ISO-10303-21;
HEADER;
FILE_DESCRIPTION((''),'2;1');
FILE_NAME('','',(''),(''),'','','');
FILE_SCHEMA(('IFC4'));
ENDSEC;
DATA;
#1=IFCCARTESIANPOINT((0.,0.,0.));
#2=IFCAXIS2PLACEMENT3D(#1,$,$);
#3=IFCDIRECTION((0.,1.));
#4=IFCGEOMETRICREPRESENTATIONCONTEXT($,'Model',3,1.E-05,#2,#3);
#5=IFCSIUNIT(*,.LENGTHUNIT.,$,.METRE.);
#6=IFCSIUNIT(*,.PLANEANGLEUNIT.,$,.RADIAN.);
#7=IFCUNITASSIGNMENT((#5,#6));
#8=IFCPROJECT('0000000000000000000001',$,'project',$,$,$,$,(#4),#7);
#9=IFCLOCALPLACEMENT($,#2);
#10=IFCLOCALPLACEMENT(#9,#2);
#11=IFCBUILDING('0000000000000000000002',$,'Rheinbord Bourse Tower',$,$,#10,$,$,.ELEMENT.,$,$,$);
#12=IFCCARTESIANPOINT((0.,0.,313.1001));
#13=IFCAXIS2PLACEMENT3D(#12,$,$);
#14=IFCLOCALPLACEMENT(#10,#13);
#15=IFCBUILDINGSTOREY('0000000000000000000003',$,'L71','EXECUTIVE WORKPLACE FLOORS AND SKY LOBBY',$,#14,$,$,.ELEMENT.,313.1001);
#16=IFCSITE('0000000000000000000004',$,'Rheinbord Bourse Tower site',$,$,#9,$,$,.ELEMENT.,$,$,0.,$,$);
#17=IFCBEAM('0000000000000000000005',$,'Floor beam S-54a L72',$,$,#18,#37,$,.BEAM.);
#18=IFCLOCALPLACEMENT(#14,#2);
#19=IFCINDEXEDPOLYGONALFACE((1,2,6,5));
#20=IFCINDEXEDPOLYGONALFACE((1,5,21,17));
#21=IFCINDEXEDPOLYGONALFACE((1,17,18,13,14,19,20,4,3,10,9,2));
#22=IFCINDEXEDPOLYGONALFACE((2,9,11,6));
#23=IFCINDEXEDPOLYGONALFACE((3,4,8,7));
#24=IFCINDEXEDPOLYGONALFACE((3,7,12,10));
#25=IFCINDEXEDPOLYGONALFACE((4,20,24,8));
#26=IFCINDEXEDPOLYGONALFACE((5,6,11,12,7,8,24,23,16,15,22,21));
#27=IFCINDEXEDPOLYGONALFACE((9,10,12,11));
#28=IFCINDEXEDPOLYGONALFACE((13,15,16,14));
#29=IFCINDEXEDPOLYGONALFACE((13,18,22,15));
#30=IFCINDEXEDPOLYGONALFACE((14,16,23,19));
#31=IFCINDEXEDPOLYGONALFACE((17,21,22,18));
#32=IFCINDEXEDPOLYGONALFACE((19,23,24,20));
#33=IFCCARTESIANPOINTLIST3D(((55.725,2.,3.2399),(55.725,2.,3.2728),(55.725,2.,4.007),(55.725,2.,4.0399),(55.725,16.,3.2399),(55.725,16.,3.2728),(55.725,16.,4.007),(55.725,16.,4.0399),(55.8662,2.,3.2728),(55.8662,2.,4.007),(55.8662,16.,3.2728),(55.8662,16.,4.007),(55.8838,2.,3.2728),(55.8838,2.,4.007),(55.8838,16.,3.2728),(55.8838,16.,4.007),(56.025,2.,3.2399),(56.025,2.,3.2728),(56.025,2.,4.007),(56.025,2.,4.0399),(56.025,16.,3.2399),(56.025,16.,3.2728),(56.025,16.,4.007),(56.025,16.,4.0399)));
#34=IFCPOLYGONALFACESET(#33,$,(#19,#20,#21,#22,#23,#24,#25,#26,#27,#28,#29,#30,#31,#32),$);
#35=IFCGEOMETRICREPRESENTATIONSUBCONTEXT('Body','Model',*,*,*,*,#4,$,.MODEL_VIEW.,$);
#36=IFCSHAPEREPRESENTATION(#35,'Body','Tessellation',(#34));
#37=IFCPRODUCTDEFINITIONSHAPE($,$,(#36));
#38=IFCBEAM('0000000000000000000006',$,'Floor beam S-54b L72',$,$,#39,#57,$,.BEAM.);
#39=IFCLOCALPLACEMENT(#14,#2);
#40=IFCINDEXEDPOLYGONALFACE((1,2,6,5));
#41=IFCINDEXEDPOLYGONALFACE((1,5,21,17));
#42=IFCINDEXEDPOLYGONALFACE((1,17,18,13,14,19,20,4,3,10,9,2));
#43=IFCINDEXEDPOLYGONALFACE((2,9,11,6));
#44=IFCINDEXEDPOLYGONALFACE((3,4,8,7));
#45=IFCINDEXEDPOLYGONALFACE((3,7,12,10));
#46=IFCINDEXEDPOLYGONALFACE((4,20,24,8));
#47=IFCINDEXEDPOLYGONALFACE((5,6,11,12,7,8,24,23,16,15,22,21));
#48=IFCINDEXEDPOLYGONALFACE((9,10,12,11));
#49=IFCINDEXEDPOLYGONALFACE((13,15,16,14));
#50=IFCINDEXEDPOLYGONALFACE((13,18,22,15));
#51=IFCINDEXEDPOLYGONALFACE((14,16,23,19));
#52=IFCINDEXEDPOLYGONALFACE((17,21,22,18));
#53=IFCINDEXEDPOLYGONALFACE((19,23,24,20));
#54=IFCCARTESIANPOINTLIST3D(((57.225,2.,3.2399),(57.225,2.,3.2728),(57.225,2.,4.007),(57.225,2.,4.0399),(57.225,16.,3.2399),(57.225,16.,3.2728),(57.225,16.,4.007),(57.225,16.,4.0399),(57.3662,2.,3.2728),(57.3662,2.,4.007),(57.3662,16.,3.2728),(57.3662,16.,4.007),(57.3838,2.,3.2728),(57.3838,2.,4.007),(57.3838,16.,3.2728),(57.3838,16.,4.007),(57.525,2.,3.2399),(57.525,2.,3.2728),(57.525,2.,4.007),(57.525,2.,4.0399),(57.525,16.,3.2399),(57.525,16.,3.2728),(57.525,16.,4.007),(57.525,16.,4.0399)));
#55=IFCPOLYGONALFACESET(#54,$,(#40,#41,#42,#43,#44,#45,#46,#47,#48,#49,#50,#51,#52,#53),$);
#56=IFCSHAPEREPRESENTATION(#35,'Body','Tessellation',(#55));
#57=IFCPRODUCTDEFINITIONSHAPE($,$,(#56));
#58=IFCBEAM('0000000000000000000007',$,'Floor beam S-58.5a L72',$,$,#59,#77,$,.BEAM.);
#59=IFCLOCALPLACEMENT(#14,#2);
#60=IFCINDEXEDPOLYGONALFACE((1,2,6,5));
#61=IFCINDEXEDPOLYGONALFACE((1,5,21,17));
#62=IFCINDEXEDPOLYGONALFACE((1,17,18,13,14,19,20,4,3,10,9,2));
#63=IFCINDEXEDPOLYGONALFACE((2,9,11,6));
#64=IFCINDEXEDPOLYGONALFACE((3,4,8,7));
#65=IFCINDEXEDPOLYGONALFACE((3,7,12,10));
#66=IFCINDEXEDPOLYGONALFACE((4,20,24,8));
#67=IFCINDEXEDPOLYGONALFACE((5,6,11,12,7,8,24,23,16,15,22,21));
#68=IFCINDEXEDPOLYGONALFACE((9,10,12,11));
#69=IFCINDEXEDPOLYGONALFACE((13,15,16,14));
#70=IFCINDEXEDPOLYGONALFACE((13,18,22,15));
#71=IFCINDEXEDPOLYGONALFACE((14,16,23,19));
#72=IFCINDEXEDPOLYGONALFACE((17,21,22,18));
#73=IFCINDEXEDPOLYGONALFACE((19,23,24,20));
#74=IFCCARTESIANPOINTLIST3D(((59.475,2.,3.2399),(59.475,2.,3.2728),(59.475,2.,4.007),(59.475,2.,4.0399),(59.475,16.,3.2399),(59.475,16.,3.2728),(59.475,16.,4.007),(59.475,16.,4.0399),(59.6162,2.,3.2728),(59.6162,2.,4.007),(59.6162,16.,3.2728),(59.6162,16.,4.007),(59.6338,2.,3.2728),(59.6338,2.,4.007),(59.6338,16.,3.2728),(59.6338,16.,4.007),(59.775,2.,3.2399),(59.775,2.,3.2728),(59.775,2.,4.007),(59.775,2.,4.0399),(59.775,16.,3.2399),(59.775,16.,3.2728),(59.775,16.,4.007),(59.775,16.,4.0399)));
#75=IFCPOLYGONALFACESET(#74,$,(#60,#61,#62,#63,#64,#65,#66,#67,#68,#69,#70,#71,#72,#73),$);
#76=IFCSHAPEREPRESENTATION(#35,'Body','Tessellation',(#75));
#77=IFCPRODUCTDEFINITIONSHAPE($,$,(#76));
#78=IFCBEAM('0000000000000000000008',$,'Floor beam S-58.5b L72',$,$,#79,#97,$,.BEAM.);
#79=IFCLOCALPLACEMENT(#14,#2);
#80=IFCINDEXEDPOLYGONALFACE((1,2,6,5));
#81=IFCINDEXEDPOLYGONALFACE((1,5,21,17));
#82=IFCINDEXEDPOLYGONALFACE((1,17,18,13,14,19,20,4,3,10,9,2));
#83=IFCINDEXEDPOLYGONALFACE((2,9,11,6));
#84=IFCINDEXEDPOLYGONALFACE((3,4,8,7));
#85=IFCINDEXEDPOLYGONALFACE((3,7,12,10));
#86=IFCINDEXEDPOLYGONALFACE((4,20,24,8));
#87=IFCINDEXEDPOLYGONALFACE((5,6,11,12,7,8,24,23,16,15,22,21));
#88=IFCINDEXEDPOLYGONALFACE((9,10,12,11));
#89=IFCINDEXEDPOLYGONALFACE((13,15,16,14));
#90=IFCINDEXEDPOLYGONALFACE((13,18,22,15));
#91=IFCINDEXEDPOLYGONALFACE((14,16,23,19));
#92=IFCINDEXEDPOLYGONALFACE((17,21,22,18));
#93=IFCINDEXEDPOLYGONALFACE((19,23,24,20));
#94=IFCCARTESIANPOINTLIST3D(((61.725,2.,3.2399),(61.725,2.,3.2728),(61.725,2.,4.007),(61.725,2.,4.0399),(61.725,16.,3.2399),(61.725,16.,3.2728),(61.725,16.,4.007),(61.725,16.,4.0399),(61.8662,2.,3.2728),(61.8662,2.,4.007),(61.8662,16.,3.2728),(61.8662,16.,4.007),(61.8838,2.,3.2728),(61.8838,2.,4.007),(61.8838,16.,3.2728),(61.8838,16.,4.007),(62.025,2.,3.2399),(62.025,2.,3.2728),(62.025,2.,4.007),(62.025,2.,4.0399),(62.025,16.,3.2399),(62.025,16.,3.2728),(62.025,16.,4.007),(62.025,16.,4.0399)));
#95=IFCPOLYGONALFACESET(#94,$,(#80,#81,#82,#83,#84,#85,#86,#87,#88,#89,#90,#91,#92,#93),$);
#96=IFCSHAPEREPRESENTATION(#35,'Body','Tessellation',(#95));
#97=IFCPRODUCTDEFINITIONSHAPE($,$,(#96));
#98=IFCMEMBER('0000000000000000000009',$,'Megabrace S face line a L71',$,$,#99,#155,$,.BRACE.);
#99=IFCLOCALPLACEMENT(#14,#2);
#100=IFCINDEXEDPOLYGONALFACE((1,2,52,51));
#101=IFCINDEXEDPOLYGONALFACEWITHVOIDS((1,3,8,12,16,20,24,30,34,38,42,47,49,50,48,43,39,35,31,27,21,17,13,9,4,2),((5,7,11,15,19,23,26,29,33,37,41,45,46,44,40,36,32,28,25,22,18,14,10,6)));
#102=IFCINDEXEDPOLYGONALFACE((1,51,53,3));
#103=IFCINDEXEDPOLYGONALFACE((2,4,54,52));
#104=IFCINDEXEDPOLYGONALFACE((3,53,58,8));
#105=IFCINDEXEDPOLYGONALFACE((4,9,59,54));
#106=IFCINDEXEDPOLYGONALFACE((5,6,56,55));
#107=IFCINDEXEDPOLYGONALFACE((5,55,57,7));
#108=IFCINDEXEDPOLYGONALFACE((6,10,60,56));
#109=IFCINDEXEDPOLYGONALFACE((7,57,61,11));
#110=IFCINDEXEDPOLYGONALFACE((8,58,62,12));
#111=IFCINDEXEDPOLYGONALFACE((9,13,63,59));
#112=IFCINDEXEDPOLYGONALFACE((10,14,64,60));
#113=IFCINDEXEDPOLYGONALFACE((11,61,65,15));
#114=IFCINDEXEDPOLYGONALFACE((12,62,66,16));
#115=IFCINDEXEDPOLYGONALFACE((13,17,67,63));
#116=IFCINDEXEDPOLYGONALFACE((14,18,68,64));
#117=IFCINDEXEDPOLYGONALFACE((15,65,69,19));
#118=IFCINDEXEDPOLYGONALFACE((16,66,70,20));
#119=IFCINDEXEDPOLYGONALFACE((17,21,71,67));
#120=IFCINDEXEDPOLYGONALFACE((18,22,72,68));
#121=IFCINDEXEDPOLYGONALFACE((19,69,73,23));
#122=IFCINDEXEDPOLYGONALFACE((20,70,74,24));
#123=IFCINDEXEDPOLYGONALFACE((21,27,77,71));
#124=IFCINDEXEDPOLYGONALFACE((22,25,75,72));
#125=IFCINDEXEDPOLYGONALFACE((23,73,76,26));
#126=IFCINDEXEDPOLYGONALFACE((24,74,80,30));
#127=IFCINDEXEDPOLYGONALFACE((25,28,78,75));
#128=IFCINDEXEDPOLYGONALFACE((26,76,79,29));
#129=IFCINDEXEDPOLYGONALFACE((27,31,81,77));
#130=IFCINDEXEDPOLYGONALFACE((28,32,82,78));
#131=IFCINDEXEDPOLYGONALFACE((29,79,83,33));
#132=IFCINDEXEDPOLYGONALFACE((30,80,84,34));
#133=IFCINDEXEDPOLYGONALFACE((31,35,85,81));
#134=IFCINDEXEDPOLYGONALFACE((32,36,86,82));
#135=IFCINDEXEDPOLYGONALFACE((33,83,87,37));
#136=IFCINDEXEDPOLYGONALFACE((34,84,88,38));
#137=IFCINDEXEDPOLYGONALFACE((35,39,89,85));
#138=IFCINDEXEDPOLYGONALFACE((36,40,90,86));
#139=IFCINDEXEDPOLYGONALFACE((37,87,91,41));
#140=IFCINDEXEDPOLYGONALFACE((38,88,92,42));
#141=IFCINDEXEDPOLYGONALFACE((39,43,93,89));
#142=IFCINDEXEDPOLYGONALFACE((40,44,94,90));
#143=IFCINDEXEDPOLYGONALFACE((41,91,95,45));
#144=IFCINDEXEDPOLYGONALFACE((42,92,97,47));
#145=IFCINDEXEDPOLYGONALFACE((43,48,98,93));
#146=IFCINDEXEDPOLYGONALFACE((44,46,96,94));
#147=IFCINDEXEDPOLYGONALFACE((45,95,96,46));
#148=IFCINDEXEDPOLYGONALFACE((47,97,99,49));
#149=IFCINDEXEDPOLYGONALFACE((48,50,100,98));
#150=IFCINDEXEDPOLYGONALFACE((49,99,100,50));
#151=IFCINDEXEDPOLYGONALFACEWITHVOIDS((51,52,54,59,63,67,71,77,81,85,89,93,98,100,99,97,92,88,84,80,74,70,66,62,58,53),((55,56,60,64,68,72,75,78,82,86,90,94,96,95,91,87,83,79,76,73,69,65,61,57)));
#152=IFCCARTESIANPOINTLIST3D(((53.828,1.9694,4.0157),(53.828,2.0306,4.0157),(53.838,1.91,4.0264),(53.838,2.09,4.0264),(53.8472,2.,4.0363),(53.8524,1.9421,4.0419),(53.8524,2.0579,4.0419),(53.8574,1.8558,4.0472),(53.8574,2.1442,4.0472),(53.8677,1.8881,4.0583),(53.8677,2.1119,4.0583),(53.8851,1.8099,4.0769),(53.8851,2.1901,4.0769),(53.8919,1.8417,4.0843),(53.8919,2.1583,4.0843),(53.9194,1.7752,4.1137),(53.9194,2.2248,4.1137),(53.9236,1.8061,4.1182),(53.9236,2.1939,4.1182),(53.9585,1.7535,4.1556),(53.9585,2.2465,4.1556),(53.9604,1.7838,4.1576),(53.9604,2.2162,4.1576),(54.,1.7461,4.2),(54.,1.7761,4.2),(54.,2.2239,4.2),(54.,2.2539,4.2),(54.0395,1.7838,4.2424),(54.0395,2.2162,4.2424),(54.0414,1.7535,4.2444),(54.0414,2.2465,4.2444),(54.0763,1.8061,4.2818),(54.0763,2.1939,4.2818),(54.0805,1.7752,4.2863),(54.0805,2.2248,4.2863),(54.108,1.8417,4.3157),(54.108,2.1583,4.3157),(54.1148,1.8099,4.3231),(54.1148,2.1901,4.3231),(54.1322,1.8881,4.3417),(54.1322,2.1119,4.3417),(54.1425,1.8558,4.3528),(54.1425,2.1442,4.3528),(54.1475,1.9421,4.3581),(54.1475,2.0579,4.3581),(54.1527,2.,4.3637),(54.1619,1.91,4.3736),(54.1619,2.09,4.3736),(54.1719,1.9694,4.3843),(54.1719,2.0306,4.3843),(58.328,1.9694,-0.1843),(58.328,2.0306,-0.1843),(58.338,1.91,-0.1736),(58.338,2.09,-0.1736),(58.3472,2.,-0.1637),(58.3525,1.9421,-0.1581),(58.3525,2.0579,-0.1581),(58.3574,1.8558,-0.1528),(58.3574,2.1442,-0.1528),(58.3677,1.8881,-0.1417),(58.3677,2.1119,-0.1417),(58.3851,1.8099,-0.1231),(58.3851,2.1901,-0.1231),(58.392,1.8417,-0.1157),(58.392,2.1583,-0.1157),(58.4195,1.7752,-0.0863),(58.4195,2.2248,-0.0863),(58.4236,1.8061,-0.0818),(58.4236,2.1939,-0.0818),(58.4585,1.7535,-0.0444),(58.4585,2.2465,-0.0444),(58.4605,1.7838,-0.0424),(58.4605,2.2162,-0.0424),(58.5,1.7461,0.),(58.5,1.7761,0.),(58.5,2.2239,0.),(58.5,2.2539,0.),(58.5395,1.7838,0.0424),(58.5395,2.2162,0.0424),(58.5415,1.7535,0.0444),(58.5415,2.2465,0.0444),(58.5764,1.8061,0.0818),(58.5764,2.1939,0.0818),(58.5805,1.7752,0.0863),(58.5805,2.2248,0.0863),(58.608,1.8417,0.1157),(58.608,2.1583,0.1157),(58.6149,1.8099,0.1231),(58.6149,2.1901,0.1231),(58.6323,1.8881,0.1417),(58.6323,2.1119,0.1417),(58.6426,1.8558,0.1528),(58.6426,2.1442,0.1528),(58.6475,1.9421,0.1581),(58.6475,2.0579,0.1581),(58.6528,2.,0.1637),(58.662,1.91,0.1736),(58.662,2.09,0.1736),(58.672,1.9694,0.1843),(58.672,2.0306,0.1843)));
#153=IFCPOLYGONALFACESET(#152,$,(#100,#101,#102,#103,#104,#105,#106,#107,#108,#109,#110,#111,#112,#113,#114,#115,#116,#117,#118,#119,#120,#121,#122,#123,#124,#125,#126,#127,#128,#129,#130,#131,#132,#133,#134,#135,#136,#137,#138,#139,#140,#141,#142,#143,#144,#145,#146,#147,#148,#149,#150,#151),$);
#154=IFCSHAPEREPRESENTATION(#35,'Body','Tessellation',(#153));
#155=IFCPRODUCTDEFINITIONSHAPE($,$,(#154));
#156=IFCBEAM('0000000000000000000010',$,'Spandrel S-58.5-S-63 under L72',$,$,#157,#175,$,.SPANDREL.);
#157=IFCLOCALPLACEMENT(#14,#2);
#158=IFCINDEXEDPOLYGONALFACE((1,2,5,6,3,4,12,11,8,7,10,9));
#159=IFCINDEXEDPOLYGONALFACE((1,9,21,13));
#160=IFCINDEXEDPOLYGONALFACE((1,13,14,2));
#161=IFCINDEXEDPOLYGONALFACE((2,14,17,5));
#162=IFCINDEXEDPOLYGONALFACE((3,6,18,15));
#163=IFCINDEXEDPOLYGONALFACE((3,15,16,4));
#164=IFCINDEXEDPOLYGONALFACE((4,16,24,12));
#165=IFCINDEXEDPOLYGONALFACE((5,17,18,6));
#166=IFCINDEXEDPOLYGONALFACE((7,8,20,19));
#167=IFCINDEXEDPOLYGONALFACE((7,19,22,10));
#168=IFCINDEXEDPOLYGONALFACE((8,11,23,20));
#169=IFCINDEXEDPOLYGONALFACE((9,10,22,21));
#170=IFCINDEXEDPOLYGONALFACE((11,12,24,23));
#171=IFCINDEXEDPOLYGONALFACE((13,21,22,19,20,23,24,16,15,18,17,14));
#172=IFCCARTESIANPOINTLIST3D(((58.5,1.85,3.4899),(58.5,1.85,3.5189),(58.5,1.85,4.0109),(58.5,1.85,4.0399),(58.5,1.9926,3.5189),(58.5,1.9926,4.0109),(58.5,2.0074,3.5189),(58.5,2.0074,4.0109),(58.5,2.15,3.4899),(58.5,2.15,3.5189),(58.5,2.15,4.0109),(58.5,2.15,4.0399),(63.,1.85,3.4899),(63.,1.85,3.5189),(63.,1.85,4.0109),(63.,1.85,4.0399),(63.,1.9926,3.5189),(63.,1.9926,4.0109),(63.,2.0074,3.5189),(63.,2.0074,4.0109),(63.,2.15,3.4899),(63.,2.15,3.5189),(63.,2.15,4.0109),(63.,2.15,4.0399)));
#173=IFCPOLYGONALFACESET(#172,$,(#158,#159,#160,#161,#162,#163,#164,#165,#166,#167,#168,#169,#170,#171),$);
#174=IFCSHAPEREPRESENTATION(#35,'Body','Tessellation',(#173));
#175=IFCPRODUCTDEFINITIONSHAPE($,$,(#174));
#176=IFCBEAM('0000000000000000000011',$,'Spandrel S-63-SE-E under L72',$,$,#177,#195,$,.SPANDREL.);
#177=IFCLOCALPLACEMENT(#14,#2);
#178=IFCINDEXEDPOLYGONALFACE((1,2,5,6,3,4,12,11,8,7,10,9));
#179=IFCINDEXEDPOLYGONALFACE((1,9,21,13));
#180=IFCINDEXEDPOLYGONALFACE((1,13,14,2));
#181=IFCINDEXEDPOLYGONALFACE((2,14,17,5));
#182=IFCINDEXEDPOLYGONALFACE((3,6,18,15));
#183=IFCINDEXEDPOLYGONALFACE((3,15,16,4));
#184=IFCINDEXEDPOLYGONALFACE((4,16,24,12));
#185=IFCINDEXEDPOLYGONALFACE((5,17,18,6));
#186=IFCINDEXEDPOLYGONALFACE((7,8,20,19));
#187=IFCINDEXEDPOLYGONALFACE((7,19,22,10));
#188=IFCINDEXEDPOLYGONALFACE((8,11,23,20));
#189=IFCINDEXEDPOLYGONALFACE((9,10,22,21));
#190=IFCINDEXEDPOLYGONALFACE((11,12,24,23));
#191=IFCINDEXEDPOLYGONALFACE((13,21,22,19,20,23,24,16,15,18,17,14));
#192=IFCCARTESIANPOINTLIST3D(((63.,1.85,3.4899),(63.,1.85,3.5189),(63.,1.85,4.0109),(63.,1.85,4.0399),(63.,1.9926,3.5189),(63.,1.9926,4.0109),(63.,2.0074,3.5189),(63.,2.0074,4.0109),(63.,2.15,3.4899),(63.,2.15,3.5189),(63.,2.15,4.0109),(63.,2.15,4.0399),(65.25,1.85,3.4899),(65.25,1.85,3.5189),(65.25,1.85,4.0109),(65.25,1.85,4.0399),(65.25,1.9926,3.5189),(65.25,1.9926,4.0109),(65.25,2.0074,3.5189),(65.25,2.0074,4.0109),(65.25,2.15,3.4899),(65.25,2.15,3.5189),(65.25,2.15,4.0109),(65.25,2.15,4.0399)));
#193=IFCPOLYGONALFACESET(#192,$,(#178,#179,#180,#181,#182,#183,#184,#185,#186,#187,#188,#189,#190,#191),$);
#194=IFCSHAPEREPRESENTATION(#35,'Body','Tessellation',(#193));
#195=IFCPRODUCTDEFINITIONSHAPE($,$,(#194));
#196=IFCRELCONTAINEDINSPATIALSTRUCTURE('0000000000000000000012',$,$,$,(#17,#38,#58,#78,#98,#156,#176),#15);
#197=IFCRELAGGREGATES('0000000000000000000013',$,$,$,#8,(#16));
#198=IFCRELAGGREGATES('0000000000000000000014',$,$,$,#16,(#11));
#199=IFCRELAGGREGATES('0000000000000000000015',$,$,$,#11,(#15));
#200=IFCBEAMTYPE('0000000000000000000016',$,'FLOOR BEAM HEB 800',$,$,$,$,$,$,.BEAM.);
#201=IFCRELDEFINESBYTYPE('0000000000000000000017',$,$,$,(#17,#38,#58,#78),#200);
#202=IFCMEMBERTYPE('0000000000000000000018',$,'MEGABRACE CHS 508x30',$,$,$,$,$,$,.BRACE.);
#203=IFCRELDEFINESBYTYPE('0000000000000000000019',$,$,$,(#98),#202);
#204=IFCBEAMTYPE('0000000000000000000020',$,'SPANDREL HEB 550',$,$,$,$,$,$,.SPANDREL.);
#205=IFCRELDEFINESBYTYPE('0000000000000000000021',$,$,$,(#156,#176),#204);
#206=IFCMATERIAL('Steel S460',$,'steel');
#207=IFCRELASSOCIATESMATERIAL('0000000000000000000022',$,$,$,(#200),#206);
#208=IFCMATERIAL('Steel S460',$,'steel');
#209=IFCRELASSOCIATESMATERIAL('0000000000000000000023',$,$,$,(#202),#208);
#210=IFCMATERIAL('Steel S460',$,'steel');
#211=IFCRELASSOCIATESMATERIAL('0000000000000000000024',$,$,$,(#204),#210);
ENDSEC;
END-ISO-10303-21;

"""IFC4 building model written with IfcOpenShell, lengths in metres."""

from ifc_helpers import new_model, si_unit, direction, frame, origin, origin_2d, place, context, subcontext, project, spatial, hollow_circle, i_section, extrude, material, material_profile, profile_set, type_object, element, save


model = new_model("IFC4")

# Units and contexts
model_context = context("Model", 3, precision=1e-05, world=origin(), true_north=direction((0.0, 1.0)))
body_context = subcontext(model_context, "Body", "Model", "MODEL_VIEW")
ifc_project = project(units=[si_unit("LENGTHUNIT", "METRE"), si_unit("PLANEANGLEUNIT", "RADIAN")], contexts=[model_context])

# Site, building, storey
site_placement = place(None, origin())
site = spatial("IfcSite", under=ifc_project, at=site_placement, Name="Rheinbord Bourse Tower site", CompositionType="ELEMENT", RefElevation=0.0)
building_placement = place(site_placement, origin())
building = spatial("IfcBuilding", under=site, at=building_placement, Name="Rheinbord Bourse Tower", CompositionType="ELEMENT")
storey_placement = place(building_placement, frame((0.0, 0.0, 313.1001)))
storey = spatial("IfcBuildingStorey", under=building, at=storey_placement, Name="L71", Description="EXECUTIVE WORKPLACE FLOORS AND SKY LOBBY", CompositionType="ELEMENT", Elevation=313.1001)

# Beams
ifc_material_1 = material(Name="Steel S460", Category="steel")
ifc_material_profile_1 = material_profile(ifc_material_1, i_section(OverallWidth=0.3, OverallDepth=0.8, WebThickness=0.0176, FlangeThickness=0.033, at=origin_2d()), Name="HEB 800")
ifc_profile_set_1 = profile_set([ifc_material_profile_1], Name="Steel S460")
beam_type_1 = type_object("IfcBeamType", Name="FLOOR BEAM HEB 800", PredefinedType="BEAM", material=ifc_profile_set_1)
for number, where, z_axis, x_axis, name in (
    (1, (55.875, 2.0, 3.6399), (0.0, 1.0, 0.0), (-1.0, 0.0, 0.0), "Floor beam S-54a L72"),
    (2, (57.375, 2.0, 3.6399), (0.0, 1.0, 0.0), (-1.0, 0.0, 0.0), "Floor beam S-54b L72"),
    (3, (59.625, 2.0, 3.6399), (0.0, 1.0, 0.0), (-1.0, 0.0, 0.0), "Floor beam S-58.5a L72"),
    (4, (61.875, 2.0, 3.6399), (0.0, 1.0, 0.0), (-1.0, 0.0, 0.0), "Floor beam S-58.5b L72"),
):
    element("IfcBeam", number, at=place(storey_placement, frame(where, z_axis=z_axis, x_axis=x_axis)), inside=storey, type_object=beam_type_1, Name=name, PredefinedType="BEAM", context=body_context, shape_type="SweptSolid", body=[
        extrude(i_section(OverallWidth=0.3, OverallDepth=0.8, WebThickness=0.0176, FlangeThickness=0.033, at=origin_2d()), origin(), (0.0, 0.0, 1.0), 14.0),
    ])

# Member
ifc_material_2 = material(Name="Steel S460", Category="steel")
ifc_material_profile_2 = material_profile(ifc_material_2, hollow_circle(Radius=0.2539, WallThickness=0.03, at=origin_2d()), Name="CHS 508x30")
ifc_profile_set_2 = profile_set([ifc_material_profile_2], Name="Steel S460")
member_type_1 = type_object("IfcMemberType", Name="MEGABRACE CHS 508x30", PredefinedType="BRACE", material=ifc_profile_set_2)
member_1_placement = place(storey_placement, frame((58.5, 2.0, 0.0), z_axis=(-0.731059, 0.0, 0.682314), x_axis=(0.0, -1.0, 0.0)))
element("IfcMember", 5, at=member_1_placement, inside=storey, type_object=member_type_1, Name="Megabrace S face line a L71", PredefinedType="BRACE", context=body_context, shape_type="SweptSolid", body=[
    extrude(hollow_circle(Radius=0.2539, WallThickness=0.03, at=origin_2d()), origin(), (0.0, 0.0, 1.0), 6.1555),
])

# Beams
ifc_material_3 = material(Name="Steel S460", Category="steel")
ifc_material_profile_3 = material_profile(ifc_material_3, i_section(OverallWidth=0.3, OverallDepth=0.55, WebThickness=0.0149, FlangeThickness=0.0291, at=origin_2d()), Name="HEB 550")
ifc_profile_set_3 = profile_set([ifc_material_profile_3], Name="Steel S460")
beam_type_2 = type_object("IfcBeamType", Name="SPANDREL HEB 550", PredefinedType="SPANDREL", material=ifc_profile_set_3)
beam_1_placement = place(storey_placement, frame((58.5, 2.0, 3.7649), z_axis=(1.0, 0.0, 0.0), x_axis=(0.0, 1.0, 0.0)))
element("IfcBeam", 6, at=beam_1_placement, inside=storey, type_object=beam_type_2, Name="Spandrel S-58.5-S-63 under L72", PredefinedType="SPANDREL", context=body_context, shape_type="SweptSolid", body=[
    extrude(i_section(OverallWidth=0.3, OverallDepth=0.55, WebThickness=0.0149, FlangeThickness=0.0291, at=origin_2d()), origin(), (0.0, 0.0, 1.0), 4.5),
])
beam_2_placement = place(storey_placement, frame((63.0, 2.0, 3.7649), z_axis=(1.0, 0.0, 0.0), x_axis=(0.0, 1.0, 0.0)))
element("IfcBeam", 7, at=beam_2_placement, inside=storey, type_object=beam_type_2, Name="Spandrel S-63-SE-E under L72", PredefinedType="SPANDREL", context=body_context, shape_type="SweptSolid", body=[
    extrude(i_section(OverallWidth=0.3, OverallDepth=0.55, WebThickness=0.0149, FlangeThickness=0.0291, at=origin_2d()), origin(), (0.0, 0.0, 1.0), 2.25),
])

save(model, "model.ifc")
